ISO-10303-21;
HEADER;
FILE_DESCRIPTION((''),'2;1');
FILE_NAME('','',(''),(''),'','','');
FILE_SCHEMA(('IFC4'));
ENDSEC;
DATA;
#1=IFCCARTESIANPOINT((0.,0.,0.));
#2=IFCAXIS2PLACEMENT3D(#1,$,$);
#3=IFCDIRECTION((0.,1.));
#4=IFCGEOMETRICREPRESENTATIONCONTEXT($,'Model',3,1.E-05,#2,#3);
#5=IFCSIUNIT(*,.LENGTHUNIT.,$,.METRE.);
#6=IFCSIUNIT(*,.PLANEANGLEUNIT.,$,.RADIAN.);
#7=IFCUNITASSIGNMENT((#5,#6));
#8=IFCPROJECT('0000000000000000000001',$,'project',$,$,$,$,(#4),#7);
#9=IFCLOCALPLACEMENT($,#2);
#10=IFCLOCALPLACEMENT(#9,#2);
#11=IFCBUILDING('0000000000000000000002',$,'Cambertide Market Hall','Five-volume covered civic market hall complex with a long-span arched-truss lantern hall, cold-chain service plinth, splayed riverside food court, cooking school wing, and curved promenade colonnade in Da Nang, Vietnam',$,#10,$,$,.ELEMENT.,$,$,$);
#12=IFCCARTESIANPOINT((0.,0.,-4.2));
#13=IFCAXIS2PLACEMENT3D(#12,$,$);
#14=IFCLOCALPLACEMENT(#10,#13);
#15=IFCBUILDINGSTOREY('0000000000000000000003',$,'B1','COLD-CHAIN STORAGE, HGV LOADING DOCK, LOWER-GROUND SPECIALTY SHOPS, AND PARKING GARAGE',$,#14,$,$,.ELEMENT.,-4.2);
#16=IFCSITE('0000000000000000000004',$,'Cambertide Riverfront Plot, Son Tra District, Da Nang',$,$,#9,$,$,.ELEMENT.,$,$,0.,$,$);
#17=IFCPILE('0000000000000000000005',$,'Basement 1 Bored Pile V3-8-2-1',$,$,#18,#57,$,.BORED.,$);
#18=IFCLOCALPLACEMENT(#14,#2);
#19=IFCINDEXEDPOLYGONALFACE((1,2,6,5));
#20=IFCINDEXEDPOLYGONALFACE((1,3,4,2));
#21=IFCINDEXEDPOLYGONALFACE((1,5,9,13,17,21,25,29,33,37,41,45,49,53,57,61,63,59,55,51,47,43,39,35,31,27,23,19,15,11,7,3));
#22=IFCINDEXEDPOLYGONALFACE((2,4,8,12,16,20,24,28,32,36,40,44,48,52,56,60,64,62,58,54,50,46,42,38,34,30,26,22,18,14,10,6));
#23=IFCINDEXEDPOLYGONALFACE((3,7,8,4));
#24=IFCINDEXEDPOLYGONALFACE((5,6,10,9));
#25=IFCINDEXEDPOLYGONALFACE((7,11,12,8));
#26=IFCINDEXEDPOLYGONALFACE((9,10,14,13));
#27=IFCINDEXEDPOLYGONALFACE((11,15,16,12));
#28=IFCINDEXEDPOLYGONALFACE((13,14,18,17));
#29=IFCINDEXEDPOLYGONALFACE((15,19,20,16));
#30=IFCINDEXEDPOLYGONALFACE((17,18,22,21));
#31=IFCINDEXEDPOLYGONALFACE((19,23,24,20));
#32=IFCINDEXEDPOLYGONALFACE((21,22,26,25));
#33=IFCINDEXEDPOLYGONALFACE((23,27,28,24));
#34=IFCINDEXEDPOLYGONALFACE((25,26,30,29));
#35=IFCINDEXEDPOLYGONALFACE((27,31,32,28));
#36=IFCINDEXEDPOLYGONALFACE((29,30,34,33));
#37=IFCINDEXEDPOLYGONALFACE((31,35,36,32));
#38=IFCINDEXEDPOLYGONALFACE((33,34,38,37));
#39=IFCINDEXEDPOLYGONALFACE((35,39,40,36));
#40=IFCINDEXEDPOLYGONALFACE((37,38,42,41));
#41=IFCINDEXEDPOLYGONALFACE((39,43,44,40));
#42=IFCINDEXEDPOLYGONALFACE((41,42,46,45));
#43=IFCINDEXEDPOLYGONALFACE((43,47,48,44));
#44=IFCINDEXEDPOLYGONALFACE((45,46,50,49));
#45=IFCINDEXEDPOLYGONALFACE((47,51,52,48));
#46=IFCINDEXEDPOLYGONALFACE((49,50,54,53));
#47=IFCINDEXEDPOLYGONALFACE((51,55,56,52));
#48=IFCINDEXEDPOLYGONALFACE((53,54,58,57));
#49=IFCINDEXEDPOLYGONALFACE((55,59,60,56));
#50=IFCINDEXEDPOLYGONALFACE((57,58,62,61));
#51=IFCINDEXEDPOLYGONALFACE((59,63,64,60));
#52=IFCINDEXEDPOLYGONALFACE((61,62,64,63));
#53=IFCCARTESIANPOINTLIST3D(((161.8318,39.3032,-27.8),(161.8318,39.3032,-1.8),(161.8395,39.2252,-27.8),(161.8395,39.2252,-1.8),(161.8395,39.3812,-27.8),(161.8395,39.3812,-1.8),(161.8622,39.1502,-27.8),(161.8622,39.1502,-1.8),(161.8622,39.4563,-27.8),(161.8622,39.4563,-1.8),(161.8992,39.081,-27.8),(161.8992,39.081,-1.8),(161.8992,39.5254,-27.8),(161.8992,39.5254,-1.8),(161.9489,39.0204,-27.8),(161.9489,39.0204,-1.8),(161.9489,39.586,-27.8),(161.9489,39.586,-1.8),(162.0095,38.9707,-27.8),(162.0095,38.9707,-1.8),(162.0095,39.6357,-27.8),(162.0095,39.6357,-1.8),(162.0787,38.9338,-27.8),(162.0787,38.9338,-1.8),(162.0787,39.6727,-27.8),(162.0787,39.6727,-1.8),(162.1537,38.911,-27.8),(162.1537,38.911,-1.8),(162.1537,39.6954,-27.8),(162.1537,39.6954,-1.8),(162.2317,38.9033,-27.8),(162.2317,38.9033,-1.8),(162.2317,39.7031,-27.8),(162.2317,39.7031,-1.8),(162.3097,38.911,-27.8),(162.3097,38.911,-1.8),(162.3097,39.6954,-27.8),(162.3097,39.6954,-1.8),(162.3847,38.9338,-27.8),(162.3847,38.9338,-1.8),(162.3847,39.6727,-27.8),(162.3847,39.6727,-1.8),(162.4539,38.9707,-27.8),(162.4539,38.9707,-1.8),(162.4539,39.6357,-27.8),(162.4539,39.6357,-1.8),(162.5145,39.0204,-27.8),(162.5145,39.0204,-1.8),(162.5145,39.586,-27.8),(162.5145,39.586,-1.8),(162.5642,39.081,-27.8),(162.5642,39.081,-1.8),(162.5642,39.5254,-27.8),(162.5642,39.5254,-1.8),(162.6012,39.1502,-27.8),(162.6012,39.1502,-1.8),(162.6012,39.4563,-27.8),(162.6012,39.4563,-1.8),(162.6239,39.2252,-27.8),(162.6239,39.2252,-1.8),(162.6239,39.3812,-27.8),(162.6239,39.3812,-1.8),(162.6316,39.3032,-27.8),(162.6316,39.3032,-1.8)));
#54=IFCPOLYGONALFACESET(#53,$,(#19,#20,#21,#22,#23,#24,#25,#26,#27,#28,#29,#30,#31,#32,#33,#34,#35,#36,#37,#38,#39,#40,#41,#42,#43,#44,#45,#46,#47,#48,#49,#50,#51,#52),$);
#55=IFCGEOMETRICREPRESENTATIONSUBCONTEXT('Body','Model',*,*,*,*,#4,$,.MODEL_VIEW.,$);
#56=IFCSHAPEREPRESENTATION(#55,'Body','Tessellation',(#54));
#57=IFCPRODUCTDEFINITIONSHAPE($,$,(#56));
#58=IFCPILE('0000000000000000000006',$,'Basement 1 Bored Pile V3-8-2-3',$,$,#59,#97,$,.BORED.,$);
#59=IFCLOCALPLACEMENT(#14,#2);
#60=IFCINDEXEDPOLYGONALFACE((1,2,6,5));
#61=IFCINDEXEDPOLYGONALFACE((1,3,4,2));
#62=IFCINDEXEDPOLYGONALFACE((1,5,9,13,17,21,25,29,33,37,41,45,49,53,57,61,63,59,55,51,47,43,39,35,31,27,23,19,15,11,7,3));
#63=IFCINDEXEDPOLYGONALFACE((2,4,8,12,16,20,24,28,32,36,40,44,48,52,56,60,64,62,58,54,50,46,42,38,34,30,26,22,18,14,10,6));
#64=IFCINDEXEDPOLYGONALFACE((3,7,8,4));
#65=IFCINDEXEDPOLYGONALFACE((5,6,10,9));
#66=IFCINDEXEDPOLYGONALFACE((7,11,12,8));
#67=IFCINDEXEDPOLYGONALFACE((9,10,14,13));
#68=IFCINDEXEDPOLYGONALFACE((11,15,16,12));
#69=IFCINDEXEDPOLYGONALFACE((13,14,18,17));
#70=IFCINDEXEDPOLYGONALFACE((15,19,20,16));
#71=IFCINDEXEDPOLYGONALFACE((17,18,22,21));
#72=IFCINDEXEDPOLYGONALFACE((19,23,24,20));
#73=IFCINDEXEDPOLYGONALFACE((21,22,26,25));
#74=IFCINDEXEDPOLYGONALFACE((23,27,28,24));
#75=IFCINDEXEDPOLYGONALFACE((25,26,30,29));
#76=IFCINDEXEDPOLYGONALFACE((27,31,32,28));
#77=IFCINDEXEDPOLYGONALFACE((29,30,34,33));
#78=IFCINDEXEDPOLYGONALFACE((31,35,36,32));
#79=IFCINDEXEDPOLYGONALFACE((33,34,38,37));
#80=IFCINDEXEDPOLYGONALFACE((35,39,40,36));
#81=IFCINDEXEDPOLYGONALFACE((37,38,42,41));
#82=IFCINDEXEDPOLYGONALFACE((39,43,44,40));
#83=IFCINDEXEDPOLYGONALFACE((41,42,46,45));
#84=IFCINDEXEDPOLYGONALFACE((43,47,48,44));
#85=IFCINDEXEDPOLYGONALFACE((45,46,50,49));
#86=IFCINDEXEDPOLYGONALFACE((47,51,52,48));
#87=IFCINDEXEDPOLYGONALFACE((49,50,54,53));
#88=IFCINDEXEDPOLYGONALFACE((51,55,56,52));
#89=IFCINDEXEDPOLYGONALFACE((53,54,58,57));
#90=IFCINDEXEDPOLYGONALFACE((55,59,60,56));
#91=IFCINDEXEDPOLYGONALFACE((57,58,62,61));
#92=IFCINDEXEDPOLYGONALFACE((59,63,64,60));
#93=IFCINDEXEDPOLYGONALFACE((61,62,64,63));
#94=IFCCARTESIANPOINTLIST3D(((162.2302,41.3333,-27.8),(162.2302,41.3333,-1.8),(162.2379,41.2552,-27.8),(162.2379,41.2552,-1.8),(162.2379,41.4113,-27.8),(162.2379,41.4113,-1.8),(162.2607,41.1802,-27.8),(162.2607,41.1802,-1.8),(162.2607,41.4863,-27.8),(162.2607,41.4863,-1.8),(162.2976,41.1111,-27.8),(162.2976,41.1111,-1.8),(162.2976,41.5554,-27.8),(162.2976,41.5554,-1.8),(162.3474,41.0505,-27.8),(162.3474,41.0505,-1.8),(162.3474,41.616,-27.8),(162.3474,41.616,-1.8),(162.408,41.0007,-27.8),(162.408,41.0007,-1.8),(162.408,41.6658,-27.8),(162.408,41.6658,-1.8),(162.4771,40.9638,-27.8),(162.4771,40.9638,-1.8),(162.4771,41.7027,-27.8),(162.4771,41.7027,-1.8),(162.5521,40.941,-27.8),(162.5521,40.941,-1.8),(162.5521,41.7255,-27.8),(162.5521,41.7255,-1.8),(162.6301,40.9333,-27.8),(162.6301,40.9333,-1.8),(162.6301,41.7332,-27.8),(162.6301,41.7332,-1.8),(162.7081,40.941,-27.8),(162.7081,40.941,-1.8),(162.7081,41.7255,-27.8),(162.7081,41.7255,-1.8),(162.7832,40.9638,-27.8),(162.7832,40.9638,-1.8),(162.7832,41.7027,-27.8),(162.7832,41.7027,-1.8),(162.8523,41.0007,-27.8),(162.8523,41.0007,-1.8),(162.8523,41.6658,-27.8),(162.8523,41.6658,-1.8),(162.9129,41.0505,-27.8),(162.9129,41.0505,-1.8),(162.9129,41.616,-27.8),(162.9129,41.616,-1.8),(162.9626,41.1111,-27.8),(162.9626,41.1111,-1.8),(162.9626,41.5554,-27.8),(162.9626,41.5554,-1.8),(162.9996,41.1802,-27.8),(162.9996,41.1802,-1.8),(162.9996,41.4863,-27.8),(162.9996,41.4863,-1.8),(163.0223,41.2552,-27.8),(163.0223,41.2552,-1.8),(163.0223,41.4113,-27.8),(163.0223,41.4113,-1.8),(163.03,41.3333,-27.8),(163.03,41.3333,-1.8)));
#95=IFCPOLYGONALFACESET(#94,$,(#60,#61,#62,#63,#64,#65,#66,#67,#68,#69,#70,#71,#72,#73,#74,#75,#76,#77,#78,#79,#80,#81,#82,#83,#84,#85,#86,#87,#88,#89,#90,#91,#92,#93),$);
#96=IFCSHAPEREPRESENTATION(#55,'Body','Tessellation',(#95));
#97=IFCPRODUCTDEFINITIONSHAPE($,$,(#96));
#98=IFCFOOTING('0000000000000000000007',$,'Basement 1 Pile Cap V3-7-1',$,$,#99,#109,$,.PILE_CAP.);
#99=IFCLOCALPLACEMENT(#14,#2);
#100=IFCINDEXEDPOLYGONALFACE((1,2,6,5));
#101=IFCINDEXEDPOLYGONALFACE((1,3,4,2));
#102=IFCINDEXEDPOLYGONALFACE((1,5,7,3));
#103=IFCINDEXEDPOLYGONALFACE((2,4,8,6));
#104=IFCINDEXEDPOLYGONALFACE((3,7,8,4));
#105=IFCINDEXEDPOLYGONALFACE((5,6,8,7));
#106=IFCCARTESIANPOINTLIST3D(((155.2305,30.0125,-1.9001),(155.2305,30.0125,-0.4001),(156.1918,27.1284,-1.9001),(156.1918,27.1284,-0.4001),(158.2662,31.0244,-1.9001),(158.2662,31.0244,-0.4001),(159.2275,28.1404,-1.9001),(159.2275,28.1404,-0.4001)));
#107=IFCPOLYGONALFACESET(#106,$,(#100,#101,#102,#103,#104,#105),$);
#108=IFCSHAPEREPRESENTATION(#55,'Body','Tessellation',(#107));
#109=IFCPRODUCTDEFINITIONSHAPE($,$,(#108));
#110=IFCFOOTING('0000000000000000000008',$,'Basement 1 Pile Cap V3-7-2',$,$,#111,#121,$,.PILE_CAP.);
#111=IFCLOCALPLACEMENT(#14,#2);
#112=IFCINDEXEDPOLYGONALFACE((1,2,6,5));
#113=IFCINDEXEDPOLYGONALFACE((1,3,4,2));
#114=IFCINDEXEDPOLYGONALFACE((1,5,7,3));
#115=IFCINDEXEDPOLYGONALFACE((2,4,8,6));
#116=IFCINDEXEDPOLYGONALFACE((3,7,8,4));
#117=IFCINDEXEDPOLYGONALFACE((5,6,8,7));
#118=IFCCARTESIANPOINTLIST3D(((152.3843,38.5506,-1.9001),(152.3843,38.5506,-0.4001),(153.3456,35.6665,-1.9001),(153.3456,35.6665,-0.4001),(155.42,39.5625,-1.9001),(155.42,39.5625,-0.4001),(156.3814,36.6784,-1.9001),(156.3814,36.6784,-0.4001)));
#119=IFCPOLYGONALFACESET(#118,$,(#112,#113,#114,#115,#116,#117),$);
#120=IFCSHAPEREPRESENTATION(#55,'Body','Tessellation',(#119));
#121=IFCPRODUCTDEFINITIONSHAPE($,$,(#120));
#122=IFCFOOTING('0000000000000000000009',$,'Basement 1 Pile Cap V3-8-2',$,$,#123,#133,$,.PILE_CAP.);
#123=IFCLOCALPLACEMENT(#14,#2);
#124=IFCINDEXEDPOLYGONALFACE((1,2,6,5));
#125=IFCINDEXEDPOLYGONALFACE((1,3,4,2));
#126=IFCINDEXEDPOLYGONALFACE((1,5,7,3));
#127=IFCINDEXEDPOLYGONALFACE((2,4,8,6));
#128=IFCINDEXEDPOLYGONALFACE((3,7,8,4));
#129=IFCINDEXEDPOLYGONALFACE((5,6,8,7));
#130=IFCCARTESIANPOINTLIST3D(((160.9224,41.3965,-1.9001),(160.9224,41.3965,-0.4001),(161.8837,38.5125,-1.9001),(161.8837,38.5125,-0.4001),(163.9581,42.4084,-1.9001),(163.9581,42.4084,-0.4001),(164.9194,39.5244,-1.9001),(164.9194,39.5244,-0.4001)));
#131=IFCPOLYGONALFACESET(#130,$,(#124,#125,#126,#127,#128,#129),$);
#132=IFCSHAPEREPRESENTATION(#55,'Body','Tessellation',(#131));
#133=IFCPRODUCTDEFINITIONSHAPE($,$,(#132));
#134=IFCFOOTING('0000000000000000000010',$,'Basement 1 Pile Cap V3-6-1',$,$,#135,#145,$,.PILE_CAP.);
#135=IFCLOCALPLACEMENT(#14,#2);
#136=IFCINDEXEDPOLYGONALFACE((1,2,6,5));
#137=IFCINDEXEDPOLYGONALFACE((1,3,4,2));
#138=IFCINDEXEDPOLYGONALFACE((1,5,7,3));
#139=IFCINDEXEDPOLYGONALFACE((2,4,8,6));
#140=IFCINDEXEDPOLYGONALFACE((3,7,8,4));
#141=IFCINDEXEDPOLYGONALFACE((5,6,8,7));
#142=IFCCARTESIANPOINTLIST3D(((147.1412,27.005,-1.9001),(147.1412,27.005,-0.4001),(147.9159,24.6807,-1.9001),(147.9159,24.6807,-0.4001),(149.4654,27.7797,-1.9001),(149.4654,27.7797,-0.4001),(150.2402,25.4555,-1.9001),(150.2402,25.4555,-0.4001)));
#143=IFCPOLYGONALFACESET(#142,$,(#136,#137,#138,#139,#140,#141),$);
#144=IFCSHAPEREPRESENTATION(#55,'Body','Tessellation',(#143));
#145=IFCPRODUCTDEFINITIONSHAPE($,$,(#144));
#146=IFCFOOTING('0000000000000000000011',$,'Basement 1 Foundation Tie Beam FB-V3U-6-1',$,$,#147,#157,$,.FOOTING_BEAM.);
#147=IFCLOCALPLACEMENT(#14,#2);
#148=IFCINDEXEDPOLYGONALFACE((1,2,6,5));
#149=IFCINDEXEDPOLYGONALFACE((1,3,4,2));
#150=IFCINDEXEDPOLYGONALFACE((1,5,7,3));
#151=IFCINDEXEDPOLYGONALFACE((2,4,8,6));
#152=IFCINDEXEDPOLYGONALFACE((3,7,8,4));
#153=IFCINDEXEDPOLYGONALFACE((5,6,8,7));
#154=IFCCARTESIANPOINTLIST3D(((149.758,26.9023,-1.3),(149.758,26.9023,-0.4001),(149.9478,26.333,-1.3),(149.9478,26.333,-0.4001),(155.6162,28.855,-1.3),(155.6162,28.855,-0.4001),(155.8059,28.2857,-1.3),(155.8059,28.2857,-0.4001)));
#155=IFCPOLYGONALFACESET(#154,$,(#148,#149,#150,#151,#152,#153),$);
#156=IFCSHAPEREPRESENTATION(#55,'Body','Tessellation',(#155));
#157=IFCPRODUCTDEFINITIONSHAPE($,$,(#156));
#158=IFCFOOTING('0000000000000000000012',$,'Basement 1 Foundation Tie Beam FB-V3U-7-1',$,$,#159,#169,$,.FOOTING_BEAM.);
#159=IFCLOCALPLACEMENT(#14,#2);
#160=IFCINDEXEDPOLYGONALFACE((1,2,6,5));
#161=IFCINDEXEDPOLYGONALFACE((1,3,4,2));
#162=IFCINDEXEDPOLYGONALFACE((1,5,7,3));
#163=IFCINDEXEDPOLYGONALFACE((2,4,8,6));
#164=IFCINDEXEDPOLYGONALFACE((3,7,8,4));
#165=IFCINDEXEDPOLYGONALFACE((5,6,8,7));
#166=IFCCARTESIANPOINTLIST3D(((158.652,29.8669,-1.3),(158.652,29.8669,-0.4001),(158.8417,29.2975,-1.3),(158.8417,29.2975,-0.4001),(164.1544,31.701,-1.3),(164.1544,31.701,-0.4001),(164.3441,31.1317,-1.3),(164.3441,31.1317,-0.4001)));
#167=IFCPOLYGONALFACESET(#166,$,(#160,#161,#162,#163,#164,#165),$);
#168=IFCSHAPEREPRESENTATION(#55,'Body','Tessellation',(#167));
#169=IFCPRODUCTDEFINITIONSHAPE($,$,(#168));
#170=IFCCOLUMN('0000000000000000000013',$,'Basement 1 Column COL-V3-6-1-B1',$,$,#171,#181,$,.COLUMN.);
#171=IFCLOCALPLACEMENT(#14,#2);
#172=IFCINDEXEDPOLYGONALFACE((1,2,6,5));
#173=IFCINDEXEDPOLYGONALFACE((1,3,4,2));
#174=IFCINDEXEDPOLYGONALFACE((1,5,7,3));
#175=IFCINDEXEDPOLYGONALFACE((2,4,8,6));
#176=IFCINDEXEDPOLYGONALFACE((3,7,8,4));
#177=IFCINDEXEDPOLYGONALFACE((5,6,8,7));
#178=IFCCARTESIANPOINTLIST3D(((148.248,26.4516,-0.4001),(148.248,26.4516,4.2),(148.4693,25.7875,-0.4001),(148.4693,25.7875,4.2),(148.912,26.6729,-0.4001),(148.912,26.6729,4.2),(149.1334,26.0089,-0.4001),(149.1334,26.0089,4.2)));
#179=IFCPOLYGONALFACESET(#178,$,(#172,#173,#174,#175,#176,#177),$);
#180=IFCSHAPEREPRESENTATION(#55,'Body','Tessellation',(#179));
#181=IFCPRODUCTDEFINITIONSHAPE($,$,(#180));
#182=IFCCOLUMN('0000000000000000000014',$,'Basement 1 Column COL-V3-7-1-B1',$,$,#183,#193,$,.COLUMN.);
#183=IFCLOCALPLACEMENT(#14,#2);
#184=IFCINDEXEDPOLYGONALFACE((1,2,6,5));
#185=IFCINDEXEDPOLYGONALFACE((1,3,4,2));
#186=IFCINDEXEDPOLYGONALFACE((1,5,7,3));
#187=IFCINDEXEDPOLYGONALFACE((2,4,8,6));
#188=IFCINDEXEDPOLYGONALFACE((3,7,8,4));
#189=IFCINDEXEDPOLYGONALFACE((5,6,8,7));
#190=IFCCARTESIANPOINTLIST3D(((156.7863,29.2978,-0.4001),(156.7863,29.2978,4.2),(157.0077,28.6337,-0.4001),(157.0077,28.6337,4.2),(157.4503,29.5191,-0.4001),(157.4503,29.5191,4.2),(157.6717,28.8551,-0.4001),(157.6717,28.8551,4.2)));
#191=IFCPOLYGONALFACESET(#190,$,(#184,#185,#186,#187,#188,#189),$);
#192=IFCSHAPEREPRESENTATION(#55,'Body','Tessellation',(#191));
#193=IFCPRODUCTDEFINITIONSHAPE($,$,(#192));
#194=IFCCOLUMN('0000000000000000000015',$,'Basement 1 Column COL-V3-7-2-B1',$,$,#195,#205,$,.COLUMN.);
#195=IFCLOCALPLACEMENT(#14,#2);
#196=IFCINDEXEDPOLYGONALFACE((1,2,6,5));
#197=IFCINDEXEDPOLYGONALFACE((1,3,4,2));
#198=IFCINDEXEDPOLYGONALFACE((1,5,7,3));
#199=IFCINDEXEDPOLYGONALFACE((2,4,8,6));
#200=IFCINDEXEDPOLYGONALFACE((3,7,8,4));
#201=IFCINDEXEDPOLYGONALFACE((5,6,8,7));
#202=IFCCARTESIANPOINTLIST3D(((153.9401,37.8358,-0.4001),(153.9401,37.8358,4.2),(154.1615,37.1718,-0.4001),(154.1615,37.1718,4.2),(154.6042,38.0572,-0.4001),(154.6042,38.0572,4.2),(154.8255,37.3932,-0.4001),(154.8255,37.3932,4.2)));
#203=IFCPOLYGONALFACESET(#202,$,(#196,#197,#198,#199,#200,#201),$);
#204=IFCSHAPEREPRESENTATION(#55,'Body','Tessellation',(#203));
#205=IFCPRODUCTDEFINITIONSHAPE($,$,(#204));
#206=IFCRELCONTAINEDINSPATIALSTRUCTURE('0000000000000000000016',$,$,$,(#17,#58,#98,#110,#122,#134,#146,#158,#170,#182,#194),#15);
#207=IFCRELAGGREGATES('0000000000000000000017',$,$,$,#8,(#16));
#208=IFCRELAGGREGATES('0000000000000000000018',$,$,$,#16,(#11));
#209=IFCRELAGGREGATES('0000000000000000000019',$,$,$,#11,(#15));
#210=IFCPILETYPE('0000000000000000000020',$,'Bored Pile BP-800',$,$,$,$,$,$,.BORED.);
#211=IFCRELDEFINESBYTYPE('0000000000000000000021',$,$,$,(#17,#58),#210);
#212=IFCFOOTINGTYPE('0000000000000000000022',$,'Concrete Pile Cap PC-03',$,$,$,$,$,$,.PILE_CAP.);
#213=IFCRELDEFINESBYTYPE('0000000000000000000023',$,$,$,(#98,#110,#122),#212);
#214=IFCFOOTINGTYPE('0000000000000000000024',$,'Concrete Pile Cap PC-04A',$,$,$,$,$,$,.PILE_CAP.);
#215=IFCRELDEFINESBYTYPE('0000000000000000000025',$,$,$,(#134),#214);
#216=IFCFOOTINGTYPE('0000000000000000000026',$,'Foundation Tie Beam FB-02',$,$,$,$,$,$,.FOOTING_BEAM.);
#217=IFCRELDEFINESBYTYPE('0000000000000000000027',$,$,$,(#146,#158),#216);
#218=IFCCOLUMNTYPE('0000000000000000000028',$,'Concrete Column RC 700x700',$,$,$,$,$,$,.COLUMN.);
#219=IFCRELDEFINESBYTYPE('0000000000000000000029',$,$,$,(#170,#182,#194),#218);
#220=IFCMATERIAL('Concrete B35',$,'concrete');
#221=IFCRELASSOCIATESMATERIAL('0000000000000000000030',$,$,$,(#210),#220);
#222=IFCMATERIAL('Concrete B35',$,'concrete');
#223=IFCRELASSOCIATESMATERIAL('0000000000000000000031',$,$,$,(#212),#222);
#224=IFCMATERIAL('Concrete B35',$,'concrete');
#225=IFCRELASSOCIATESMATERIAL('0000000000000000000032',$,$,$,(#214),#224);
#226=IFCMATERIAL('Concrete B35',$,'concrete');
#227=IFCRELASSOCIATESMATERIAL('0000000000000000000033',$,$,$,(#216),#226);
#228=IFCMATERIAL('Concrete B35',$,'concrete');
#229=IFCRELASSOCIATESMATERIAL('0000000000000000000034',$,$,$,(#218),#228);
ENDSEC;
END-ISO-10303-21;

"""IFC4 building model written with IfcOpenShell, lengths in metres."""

from ifc_helpers import new_model, si_unit, direction, frame, origin, origin_2d, place, context, subcontext, project, spatial, rectangle, circle, extrude, material, material_profile, profile_set, type_object, element, save


model = new_model("IFC4")

# Units and contexts
model_context = context("Model", 3, precision=1e-05, world=origin(), true_north=direction((0.0, 1.0)))
body_context = subcontext(model_context, "Body", "Model", "MODEL_VIEW")
ifc_project = project(units=[si_unit("LENGTHUNIT", "METRE"), si_unit("PLANEANGLEUNIT", "RADIAN")], contexts=[model_context])

# Site, building, storey
site_placement = place(None, origin())
site = spatial("IfcSite", under=ifc_project, at=site_placement, Name="Cambertide Riverfront Plot, Son Tra District, Da Nang", CompositionType="ELEMENT", RefElevation=0.0)
building_placement = place(site_placement, origin())
building = spatial("IfcBuilding", under=site, at=building_placement, Name="Cambertide Market Hall", Description="Five-volume covered civic market hall complex with a long-span arched-truss lantern hall, cold-chain service plinth, splayed riverside food court, cooking school wing, and curved promenade colonnade in Da Nang, Vietnam", CompositionType="ELEMENT")
storey_placement = place(building_placement, frame((0.0, 0.0, -4.2)))
storey = spatial("IfcBuildingStorey", under=building, at=storey_placement, Name="B1", Description="COLD-CHAIN STORAGE, HGV LOADING DOCK, LOWER-GROUND SPECIALTY SHOPS, AND PARKING GARAGE", CompositionType="ELEMENT", Elevation=-4.2)

# Piles
ifc_material_1 = material(Name="Concrete B35", Category="concrete")
ifc_material_profile_1 = material_profile(ifc_material_1, circle(Radius=0.3999, at=origin_2d()), Name="BP D800")
ifc_profile_set_1 = profile_set([ifc_material_profile_1], Name="Concrete B35")
pile_type_1 = type_object("IfcPileType", Name="Bored Pile BP-800", PredefinedType="BORED", material=ifc_profile_set_1)
for number, where, z_axis, x_axis, name in (
    (1, (162.2317, 39.3032, -1.8), (0.0, 0.0, -1.0), (1.0, 0.0, 0.0), "Basement 1 Bored Pile V3-8-2-1"),
    (2, (162.6301, 41.3333, -1.8), (0.0, 0.0, -1.0), (1.0, 0.0, 0.0), "Basement 1 Bored Pile V3-8-2-3"),
):
    element("IfcPile", number, at=place(storey_placement, frame(where, z_axis=z_axis, x_axis=x_axis)), inside=storey, type_object=pile_type_1, Name=name, PredefinedType="BORED", context=body_context, shape_type="SweptSolid", body=[
        extrude(circle(Radius=0.3999, at=origin_2d()), origin(), (0.0, 0.0, 1.0), 26.0),
    ])

# Footings
ifc_material_2 = material(Name="Concrete B35", Category="concrete")
footing_type_1 = type_object("IfcFootingType", Name="Concrete Pile Cap PC-03", PredefinedType="PILE_CAP", material=ifc_material_2)
for number, where, z_axis, x_axis, name in (
    (3, (157.229, 29.0764, -1.9001), (0.0, 0.0, 1.0), (0.948683, 0.316228, 0.0), "Basement 1 Pile Cap V3-7-1"),
    (4, (154.3828, 37.6145, -1.9001), (0.0, 0.0, 1.0), (0.948683, 0.316228, 0.0), "Basement 1 Pile Cap V3-7-2"),
    (5, (162.9209, 40.4604, -1.9001), (0.0, 0.0, 1.0), (0.948683, 0.316228, 0.0), "Basement 1 Pile Cap V3-8-2"),
):
    element("IfcFooting", number, at=place(storey_placement, frame(where, z_axis=z_axis, x_axis=x_axis)), inside=storey, type_object=footing_type_1, Name=name, PredefinedType="PILE_CAP", context=body_context, shape_type="SweptSolid", body=[
        extrude(rectangle(XDim=3.2, YDim=3.04, at=origin_2d()), origin(), (0.0, 0.0, 1.0), 1.5),
    ])
ifc_material_3 = material(Name="Concrete B35", Category="concrete")
footing_type_2 = type_object("IfcFootingType", Name="Concrete Pile Cap PC-04A", PredefinedType="PILE_CAP", material=ifc_material_3)
footing_1_placement = place(storey_placement, frame((148.6907, 26.2302, -1.9001), z_axis=(0.0, 0.0, 1.0), x_axis=(0.948683, 0.316228, 0.0)))
element("IfcFooting", 6, at=footing_1_placement, inside=storey, type_object=footing_type_2, Name="Basement 1 Pile Cap V3-6-1", PredefinedType="PILE_CAP", context=body_context, shape_type="SweptSolid", body=[
    extrude(rectangle(XDim=2.45, YDim=2.45, at=origin_2d()), origin(), (0.0, 0.0, 1.0), 1.5),
])
ifc_material_4 = material(Name="Concrete B35", Category="concrete")
footing_type_3 = type_object("IfcFootingType", Name="Foundation Tie Beam FB-02", PredefinedType="FOOTING_BEAM", material=ifc_material_4)
footing_2_placement = place(storey_placement, frame((152.782, 27.594, -1.3), z_axis=(0.0, 0.0, 1.0), x_axis=(0.948683, 0.316228, 0.0)))
element("IfcFooting", 7, at=footing_2_placement, inside=storey, type_object=footing_type_3, Name="Basement 1 Foundation Tie Beam FB-V3U-6-1", PredefinedType="FOOTING_BEAM", context=body_context, shape_type="SweptSolid", body=[
    extrude(rectangle(XDim=6.175, YDim=0.6001, at=origin_2d()), origin(), (0.0, 0.0, 1.0), 0.8999),
])
footing_3_placement = place(storey_placement, frame((161.498, 30.4993, -1.3), z_axis=(0.0, 0.0, 1.0), x_axis=(0.948683, 0.316228, 0.0)))
element("IfcFooting", 8, at=footing_3_placement, inside=storey, type_object=footing_type_3, Name="Basement 1 Foundation Tie Beam FB-V3U-7-1", PredefinedType="FOOTING_BEAM", context=body_context, shape_type="SweptSolid", body=[
    extrude(rectangle(XDim=5.8, YDim=0.6001, at=origin_2d()), origin(), (0.0, 0.0, 1.0), 0.8999),
])

# Columns
ifc_material_5 = material(Name="Concrete B35", Category="concrete")
ifc_material_profile_2 = material_profile(ifc_material_5, rectangle(XDim=0.7, YDim=0.7, at=origin_2d()), Name="RC 700x700")
ifc_profile_set_2 = profile_set([ifc_material_profile_2], Name="Concrete B35")
column_type = type_object("IfcColumnType", Name="Concrete Column RC 700x700", PredefinedType="COLUMN", material=ifc_profile_set_2)
for number, where, z_axis, x_axis, name in (
    (9, (148.6907, 26.2302, -0.4001), (0.0, 0.0, 1.0), (0.948683, 0.316228, 0.0), "Basement 1 Column COL-V3-6-1-B1"),
    (10, (157.229, 29.0764, -0.4001), (0.0, 0.0, 1.0), (0.948683, 0.316228, 0.0), "Basement 1 Column COL-V3-7-1-B1"),
    (11, (154.3828, 37.6145, -0.4001), (0.0, 0.0, 1.0), (0.948683, 0.316228, 0.0), "Basement 1 Column COL-V3-7-2-B1"),
):
    element("IfcColumn", number, at=place(storey_placement, frame(where, z_axis=z_axis, x_axis=x_axis)), inside=storey, type_object=column_type, Name=name, PredefinedType="COLUMN", context=body_context, shape_type="SweptSolid", body=[
        extrude(rectangle(XDim=0.7, YDim=0.7, at=origin_2d()), origin(), (0.0, 0.0, 1.0), 4.6001),
    ])

save(model, "model.ifc")
